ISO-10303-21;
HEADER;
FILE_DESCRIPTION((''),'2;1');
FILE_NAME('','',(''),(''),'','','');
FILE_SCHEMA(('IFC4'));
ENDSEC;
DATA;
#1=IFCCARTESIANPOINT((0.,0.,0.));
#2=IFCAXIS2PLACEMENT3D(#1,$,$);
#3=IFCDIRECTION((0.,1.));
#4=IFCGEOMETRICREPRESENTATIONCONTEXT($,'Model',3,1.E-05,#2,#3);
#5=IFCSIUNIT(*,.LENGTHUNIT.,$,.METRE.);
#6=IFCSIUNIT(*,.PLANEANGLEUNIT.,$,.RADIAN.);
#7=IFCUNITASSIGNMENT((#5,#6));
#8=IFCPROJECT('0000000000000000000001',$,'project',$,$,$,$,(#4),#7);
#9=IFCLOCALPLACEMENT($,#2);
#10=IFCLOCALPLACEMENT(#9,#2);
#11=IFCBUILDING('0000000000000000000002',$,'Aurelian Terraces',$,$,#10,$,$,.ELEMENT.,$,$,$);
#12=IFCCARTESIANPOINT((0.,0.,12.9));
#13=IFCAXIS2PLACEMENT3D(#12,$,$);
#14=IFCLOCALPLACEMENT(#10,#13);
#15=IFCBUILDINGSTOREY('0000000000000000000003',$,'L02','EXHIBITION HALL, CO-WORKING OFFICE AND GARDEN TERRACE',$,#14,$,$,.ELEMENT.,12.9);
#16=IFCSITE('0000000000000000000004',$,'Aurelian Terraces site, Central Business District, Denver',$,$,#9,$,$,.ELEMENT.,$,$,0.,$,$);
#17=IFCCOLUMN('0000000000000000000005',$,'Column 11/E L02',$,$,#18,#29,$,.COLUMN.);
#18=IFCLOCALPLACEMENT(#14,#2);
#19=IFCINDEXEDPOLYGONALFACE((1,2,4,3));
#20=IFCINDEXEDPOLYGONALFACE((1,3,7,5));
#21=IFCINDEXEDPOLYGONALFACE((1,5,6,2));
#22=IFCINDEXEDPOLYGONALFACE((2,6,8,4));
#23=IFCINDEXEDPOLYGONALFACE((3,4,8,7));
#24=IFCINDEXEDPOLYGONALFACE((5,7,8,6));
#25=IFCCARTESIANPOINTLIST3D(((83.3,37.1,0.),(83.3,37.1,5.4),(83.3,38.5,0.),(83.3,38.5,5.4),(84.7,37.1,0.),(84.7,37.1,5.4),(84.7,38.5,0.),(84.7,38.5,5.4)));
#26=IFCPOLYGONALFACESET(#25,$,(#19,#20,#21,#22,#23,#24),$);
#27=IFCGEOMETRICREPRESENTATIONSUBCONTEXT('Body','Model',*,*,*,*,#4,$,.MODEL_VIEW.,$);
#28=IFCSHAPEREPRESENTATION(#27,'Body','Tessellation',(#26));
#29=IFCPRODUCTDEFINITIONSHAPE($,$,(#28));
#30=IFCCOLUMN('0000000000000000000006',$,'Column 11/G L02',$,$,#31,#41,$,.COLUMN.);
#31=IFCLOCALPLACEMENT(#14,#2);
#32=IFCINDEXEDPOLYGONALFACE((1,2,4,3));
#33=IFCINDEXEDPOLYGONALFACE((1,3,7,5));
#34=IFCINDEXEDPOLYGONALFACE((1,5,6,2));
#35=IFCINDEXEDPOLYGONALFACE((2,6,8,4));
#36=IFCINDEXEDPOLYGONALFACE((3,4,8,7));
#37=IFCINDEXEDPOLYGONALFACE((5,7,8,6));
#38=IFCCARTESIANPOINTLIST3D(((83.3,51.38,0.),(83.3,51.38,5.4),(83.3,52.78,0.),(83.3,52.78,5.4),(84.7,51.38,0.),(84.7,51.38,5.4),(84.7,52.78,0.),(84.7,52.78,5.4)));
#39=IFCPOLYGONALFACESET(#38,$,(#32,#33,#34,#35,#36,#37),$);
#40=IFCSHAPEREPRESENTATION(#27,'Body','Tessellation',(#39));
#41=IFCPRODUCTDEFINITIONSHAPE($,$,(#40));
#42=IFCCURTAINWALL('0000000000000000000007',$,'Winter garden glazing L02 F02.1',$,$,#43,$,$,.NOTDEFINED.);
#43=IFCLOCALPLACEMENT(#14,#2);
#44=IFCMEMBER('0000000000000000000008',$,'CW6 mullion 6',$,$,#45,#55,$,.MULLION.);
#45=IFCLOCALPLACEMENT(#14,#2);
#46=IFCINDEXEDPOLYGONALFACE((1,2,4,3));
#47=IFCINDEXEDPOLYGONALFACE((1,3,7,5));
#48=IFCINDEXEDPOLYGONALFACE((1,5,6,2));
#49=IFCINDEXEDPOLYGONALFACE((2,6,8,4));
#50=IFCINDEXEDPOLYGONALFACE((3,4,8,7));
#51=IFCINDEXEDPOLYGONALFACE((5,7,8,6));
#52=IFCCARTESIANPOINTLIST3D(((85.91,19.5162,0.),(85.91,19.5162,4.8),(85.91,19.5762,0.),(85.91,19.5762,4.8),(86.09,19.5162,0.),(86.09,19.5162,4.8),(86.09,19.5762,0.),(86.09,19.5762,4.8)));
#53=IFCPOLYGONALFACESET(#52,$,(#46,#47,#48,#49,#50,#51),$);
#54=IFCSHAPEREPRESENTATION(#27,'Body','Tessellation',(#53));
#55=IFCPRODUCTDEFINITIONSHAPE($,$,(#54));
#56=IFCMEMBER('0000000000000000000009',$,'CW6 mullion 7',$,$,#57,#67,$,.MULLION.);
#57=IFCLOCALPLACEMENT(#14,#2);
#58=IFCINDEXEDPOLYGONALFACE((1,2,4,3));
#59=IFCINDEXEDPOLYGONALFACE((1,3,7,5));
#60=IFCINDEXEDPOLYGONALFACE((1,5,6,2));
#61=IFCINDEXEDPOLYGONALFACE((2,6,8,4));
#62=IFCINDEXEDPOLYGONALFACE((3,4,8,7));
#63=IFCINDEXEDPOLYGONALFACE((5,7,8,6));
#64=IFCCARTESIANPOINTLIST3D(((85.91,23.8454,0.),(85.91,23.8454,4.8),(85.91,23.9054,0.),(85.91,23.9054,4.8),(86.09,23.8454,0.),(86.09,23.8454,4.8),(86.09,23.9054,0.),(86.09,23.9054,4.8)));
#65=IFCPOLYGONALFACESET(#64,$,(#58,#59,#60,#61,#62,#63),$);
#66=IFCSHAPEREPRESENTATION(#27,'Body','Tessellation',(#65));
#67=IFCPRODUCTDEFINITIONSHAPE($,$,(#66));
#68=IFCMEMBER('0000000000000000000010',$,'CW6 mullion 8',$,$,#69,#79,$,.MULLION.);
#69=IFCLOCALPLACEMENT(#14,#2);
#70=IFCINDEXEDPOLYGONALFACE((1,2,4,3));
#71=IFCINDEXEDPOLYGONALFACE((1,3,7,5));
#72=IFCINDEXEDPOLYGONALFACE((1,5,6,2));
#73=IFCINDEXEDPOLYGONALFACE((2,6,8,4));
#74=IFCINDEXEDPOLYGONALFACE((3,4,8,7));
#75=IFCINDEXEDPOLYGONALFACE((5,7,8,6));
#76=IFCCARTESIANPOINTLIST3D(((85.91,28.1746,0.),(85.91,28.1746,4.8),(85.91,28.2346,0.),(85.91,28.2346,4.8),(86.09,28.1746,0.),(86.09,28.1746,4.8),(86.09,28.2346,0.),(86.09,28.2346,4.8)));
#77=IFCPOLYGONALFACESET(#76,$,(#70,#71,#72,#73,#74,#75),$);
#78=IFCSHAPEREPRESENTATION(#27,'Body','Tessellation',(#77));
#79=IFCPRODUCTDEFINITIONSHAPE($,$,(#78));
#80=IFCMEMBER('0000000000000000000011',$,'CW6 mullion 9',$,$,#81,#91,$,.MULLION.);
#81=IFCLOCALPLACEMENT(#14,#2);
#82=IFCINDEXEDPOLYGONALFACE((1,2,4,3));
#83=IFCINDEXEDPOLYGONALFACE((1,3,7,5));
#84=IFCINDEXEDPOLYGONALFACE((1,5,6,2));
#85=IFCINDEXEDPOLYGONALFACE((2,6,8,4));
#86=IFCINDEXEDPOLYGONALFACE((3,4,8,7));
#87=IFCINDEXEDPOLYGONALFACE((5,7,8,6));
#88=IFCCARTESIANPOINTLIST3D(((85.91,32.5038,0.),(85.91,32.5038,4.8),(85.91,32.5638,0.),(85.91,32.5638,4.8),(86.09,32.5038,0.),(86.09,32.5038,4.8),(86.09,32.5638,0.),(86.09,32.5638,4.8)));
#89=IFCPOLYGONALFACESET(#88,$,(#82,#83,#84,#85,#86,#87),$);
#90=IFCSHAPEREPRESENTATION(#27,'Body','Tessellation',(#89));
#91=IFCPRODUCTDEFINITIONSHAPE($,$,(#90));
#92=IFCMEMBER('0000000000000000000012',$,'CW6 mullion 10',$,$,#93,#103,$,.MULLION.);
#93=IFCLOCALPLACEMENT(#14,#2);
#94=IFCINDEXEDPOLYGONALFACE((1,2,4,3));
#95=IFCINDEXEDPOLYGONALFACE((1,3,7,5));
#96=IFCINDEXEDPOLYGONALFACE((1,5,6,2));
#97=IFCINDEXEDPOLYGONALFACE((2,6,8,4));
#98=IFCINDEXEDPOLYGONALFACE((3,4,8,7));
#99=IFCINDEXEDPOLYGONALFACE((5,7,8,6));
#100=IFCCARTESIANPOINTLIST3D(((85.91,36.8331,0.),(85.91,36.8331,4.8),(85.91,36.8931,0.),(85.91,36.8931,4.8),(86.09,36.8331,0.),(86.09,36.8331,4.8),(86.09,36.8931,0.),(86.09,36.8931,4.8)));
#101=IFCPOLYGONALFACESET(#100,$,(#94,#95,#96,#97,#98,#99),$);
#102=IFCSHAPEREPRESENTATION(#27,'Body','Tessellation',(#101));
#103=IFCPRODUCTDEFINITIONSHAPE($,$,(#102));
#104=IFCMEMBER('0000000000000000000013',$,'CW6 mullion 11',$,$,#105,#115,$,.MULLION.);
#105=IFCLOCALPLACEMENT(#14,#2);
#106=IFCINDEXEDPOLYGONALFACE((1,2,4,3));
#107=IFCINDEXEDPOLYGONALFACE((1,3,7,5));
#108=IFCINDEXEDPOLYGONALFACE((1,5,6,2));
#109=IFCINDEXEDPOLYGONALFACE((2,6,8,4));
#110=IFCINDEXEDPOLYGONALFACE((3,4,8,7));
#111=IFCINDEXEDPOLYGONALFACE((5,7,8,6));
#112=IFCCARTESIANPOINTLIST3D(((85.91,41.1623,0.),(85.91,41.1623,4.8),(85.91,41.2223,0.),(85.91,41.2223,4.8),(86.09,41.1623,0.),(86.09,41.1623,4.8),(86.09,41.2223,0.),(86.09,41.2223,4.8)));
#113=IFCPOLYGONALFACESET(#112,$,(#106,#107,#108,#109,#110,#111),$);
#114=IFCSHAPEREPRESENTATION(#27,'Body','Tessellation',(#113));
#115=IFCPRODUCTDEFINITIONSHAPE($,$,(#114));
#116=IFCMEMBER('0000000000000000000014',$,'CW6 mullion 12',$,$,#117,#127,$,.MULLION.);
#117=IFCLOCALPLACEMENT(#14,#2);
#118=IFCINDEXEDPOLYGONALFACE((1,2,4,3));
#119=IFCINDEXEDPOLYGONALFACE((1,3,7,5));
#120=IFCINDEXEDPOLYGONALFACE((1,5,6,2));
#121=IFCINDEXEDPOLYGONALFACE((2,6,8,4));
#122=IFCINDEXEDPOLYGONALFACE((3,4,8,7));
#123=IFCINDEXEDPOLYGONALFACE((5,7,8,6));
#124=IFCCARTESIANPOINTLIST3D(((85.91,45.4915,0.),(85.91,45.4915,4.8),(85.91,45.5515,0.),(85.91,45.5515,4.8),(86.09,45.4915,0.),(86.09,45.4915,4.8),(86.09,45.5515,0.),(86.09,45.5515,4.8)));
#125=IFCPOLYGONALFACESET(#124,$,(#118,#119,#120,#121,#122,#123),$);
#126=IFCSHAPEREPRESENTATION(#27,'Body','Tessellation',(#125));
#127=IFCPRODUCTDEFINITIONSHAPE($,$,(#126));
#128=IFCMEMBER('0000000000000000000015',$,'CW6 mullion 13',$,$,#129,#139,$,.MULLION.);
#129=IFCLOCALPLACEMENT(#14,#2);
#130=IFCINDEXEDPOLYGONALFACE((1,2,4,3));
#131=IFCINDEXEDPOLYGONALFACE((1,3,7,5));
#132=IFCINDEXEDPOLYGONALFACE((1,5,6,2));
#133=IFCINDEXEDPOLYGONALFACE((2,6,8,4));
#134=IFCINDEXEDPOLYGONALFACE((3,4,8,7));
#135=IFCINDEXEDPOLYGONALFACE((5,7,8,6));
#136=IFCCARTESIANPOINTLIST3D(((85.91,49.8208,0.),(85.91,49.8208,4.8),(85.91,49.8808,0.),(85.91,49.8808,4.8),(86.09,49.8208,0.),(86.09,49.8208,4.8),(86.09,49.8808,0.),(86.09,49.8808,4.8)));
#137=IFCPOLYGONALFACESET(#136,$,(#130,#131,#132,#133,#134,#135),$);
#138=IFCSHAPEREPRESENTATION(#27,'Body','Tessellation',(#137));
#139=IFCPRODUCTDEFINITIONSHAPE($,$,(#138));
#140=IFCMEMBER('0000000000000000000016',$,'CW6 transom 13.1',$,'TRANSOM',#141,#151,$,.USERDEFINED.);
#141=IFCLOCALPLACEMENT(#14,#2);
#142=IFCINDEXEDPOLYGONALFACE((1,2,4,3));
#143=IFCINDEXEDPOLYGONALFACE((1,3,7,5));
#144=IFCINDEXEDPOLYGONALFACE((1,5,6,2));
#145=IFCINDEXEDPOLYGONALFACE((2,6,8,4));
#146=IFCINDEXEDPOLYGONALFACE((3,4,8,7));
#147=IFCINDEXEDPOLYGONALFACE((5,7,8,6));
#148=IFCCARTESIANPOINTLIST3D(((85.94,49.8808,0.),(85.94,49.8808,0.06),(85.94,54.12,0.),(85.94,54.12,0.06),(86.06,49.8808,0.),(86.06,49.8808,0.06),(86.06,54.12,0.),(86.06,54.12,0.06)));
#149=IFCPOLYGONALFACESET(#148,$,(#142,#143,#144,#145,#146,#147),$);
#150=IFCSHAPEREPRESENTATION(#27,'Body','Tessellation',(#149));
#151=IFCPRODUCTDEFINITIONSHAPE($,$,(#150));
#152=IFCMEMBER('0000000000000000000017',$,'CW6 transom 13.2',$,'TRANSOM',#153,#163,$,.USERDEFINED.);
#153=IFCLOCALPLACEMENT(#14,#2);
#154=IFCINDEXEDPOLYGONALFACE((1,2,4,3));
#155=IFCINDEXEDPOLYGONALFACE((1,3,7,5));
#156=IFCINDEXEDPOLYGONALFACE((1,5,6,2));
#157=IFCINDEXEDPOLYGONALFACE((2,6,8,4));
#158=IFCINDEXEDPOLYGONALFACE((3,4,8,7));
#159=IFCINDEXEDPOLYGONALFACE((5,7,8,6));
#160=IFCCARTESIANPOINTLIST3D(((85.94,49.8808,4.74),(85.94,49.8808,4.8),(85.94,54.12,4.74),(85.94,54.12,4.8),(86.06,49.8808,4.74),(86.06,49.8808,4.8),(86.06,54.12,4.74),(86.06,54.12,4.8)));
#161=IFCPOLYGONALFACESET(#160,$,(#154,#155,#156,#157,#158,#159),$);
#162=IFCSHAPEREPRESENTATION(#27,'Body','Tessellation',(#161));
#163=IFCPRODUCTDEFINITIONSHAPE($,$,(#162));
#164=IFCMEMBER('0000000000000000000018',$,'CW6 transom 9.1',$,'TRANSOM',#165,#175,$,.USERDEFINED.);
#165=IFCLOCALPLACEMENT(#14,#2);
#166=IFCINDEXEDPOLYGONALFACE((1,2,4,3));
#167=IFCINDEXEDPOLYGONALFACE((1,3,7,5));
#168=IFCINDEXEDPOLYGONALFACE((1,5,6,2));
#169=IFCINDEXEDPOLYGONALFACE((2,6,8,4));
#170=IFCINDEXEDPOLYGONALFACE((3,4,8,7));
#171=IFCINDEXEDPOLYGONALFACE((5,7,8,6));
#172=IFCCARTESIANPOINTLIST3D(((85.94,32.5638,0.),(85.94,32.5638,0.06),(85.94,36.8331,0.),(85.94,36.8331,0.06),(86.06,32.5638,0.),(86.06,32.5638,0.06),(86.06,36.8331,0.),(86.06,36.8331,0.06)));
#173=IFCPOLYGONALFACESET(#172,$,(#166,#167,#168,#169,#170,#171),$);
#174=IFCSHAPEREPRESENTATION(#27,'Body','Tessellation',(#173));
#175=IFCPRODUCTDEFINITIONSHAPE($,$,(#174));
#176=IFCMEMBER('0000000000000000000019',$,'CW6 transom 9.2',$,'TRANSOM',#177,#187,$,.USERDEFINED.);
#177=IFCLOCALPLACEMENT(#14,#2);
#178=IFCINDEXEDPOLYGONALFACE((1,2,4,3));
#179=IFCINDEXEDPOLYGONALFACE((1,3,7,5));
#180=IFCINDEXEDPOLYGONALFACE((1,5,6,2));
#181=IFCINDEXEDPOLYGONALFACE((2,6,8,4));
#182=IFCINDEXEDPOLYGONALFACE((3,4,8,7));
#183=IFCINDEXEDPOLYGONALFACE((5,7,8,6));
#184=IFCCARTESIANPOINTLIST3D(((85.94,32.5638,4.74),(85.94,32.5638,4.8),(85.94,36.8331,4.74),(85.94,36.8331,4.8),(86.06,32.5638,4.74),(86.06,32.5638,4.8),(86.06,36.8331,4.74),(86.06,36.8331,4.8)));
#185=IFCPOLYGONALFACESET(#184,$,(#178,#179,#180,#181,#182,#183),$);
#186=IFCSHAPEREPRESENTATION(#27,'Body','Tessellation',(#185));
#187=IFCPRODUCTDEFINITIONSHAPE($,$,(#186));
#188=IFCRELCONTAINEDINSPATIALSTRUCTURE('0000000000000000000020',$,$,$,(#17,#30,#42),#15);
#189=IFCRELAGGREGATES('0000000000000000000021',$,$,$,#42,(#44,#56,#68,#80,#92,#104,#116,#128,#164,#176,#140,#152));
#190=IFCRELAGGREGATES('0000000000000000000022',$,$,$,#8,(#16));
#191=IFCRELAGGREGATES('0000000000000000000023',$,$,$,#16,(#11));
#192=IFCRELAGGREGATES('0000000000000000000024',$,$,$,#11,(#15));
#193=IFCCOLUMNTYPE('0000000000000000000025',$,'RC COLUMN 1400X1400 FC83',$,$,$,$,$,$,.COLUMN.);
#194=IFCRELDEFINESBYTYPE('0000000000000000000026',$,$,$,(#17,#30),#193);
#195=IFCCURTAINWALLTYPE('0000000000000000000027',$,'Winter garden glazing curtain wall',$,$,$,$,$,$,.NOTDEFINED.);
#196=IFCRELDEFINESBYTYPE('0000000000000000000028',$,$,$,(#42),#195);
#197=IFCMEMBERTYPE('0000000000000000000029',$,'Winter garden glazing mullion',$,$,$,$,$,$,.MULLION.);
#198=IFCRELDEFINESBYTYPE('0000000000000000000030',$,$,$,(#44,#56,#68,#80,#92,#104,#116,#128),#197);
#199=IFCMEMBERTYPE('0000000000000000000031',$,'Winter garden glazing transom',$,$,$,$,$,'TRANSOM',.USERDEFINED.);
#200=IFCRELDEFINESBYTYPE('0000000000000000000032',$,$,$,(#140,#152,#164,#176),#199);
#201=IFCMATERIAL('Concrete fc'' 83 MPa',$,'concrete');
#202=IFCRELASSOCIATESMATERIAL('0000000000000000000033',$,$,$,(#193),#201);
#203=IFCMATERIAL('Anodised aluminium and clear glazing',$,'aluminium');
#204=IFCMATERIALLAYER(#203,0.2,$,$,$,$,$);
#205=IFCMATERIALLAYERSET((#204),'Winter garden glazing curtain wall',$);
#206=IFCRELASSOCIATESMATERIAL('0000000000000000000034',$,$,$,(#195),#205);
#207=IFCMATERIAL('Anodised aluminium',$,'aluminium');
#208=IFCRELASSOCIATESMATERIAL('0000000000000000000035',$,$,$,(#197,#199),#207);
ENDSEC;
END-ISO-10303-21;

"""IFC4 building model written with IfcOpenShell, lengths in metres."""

from ifc_helpers import new_model, si_unit, direction, frame, origin, origin_2d, place, context, subcontext, project, spatial, rectangle, extrude, source, transform, mapped, material, layer, layer_set, material_profile, profile_set, type_object, element, aggregate, save


model = new_model("IFC4")

# Units and contexts
model_context = context("Model", 3, precision=1e-05, world=origin(), true_north=direction((0.0, 1.0)))
body_context = subcontext(model_context, "Body", "Model", "MODEL_VIEW")
ifc_project = project(units=[si_unit("LENGTHUNIT", "METRE"), si_unit("PLANEANGLEUNIT", "RADIAN")], contexts=[model_context])

# Site, building, storey
site_placement = place(None, origin())
site = spatial("IfcSite", under=ifc_project, at=site_placement, Name="Aurelian Terraces site, Central Business District, Denver", CompositionType="ELEMENT", RefElevation=0.0)
building_placement = place(site_placement, origin())
building = spatial("IfcBuilding", under=site, at=building_placement, Name="Aurelian Terraces", CompositionType="ELEMENT")
storey_placement = place(building_placement, frame((0.0, 0.0, 12.9)))
storey = spatial("IfcBuildingStorey", under=building, at=storey_placement, Name="L02", Description="EXHIBITION HALL, CO-WORKING OFFICE AND GARDEN TERRACE", CompositionType="ELEMENT", Elevation=12.9)

# Columns
ifc_material_1 = material(Name="Concrete fc' 83 MPa", Category="concrete")
ifc_material_profile_1 = material_profile(ifc_material_1, rectangle(XDim=1.4, YDim=1.4, at=origin_2d()))
ifc_profile_set_1 = profile_set([ifc_material_profile_1], Name="Concrete fc' 83 MPa")
column_type = type_object("IfcColumnType", Name="RC COLUMN 1400X1400 FC83", PredefinedType="COLUMN", material=ifc_profile_set_1)
shared_shape_1 = source(origin(), body_context, "Body", "SweptSolid", [
    extrude(rectangle(XDim=1.4, YDim=1.4, at=origin_2d()), origin(), (0.0, 0.0, 1.0), 5.4),
])
for number, where, z_axis, x_axis, name in (
    (1, (84.0, 37.8, 0.0), (0.0, 0.0, 1.0), (1.0, 0.0, 0.0), "Column 11/E L02"),
    (2, (84.0, 52.08, 0.0), (0.0, 0.0, 1.0), (1.0, 0.0, 0.0), "Column 11/G L02"),
):
    element("IfcColumn", number, at=place(storey_placement, frame(where, z_axis=z_axis, x_axis=x_axis)), inside=storey, type_object=column_type, Name=name, PredefinedType="COLUMN", context=body_context, shape_type="MappedRepresentation", body=[
        mapped(shared_shape_1, transform((0.0, 0.0, 0.0), scale=1.0)),
    ])

# Curtain wall, members
ifc_material_2 = material(Name="Anodised aluminium and clear glazing", Category="aluminium")
ifc_layer_1 = layer(ifc_material_2, 0.2)
ifc_layer_set_1 = layer_set([ifc_layer_1], Name="Winter garden glazing curtain wall")
curtain_wall_type = type_object("IfcCurtainWallType", Name="Winter garden glazing curtain wall", PredefinedType="NOTDEFINED", material=ifc_layer_set_1)
curtain_wall_placement = place(storey_placement, origin())
curtain_wall = element("IfcCurtainWall", 3, at=curtain_wall_placement, inside=storey, type_object=curtain_wall_type, Name="Winter garden glazing L02 F02.1", PredefinedType="NOTDEFINED")
ifc_material_3 = material(Name="Anodised aluminium", Category="aluminium")
ifc_material_profile_2 = material_profile(ifc_material_3, rectangle(XDim=0.18, YDim=0.06, at=origin_2d()))
ifc_profile_set_2 = profile_set([ifc_material_profile_2], Name="Anodised aluminium")
member_type_1 = type_object("IfcMemberType", Name="Winter garden glazing mullion", PredefinedType="MULLION", material=ifc_profile_set_2)
shared_shape_2 = source(origin(), body_context, "Body", "SweptSolid", [
    extrude(rectangle(XDim=0.18, YDim=0.06, at=origin_2d()), origin(), (0.0, 0.0, 1.0), 4.8),
])
member_1_placement = place(storey_placement, frame((86.0, 19.5462, 0.0), z_axis=(0.0, 0.0, 1.0), x_axis=(-1.0, 0.0, 0.0)))
member_1 = element("IfcMember", 4, at=member_1_placement, type_object=member_type_1, Name="CW6 mullion 6", PredefinedType="MULLION", context=body_context, shape_type="MappedRepresentation", body=[
    mapped(shared_shape_2, transform((0.0, 0.0, 0.0), scale=1.0)),
])
member_2_placement = place(storey_placement, frame((86.0, 23.8754, 0.0), z_axis=(0.0, 0.0, 1.0), x_axis=(-1.0, 0.0, 0.0)))
member_2 = element("IfcMember", 5, at=member_2_placement, type_object=member_type_1, Name="CW6 mullion 7", PredefinedType="MULLION", context=body_context, shape_type="MappedRepresentation", body=[
    mapped(shared_shape_2, transform((0.0, 0.0, 0.0), scale=1.0)),
])
member_3_placement = place(storey_placement, frame((86.0, 28.2046, 0.0), z_axis=(0.0, 0.0, 1.0), x_axis=(-1.0, 0.0, 0.0)))
member_3 = element("IfcMember", 6, at=member_3_placement, type_object=member_type_1, Name="CW6 mullion 8", PredefinedType="MULLION", context=body_context, shape_type="MappedRepresentation", body=[
    mapped(shared_shape_2, transform((0.0, 0.0, 0.0), scale=1.0)),
])
member_4_placement = place(storey_placement, frame((86.0, 32.5338, 0.0), z_axis=(0.0, 0.0, 1.0), x_axis=(-1.0, 0.0, 0.0)))
member_4 = element("IfcMember", 7, at=member_4_placement, type_object=member_type_1, Name="CW6 mullion 9", PredefinedType="MULLION", context=body_context, shape_type="MappedRepresentation", body=[
    mapped(shared_shape_2, transform((0.0, 0.0, 0.0), scale=1.0)),
])
member_5_placement = place(storey_placement, frame((86.0, 36.8631, 0.0), z_axis=(0.0, 0.0, 1.0), x_axis=(-1.0, 0.0, 0.0)))
member_5 = element("IfcMember", 8, at=member_5_placement, type_object=member_type_1, Name="CW6 mullion 10", PredefinedType="MULLION", context=body_context, shape_type="MappedRepresentation", body=[
    mapped(shared_shape_2, transform((0.0, 0.0, 0.0), scale=1.0)),
])
member_6_placement = place(storey_placement, frame((86.0, 41.1923, 0.0), z_axis=(0.0, 0.0, 1.0), x_axis=(-1.0, 0.0, 0.0)))
member_6 = element("IfcMember", 9, at=member_6_placement, type_object=member_type_1, Name="CW6 mullion 11", PredefinedType="MULLION", context=body_context, shape_type="MappedRepresentation", body=[
    mapped(shared_shape_2, transform((0.0, 0.0, 0.0), scale=1.0)),
])
member_7_placement = place(storey_placement, frame((86.0, 45.5215, 0.0), z_axis=(0.0, 0.0, 1.0), x_axis=(-1.0, 0.0, 0.0)))
member_7 = element("IfcMember", 10, at=member_7_placement, type_object=member_type_1, Name="CW6 mullion 12", PredefinedType="MULLION", context=body_context, shape_type="MappedRepresentation", body=[
    mapped(shared_shape_2, transform((0.0, 0.0, 0.0), scale=1.0)),
])
member_8_placement = place(storey_placement, frame((86.0, 49.8508, 0.0), z_axis=(0.0, 0.0, 1.0), x_axis=(-1.0, 0.0, 0.0)))
member_8 = element("IfcMember", 11, at=member_8_placement, type_object=member_type_1, Name="CW6 mullion 13", PredefinedType="MULLION", context=body_context, shape_type="MappedRepresentation", body=[
    mapped(shared_shape_2, transform((0.0, 0.0, 0.0), scale=1.0)),
])
ifc_material_profile_3 = material_profile(ifc_material_3, rectangle(XDim=0.12, YDim=0.06, at=origin_2d()))
ifc_profile_set_3 = profile_set([ifc_material_profile_3], Name="Anodised aluminium")
member_type_2 = type_object("IfcMemberType", Name="Winter garden glazing transom", ElementType="TRANSOM", PredefinedType="USERDEFINED", material=ifc_profile_set_3)
shared_shape_3 = source(origin(), body_context, "Body", "SweptSolid", [
    extrude(rectangle(XDim=0.12, YDim=0.06, at=origin_2d()), origin(), (0.0, 0.0, 1.0), 4.2392),
])
member_9_placement = place(storey_placement, frame((86.0, 49.8808, 0.03), z_axis=(0.0, 1.0, 0.0), x_axis=(-1.0, 0.0, 0.0)))
member_9 = element("IfcMember", 12, at=member_9_placement, type_object=member_type_2, Name="CW6 transom 13.1", ObjectType="TRANSOM", PredefinedType="USERDEFINED", context=body_context, shape_type="MappedRepresentation", body=[
    mapped(shared_shape_3, transform((0.0, 0.0, 0.0), scale=1.0)),
])
member_10_placement = place(storey_placement, frame((86.0, 49.8808, 4.77), z_axis=(0.0, 1.0, 0.0), x_axis=(-1.0, 0.0, 0.0)))
member_10 = element("IfcMember", 13, at=member_10_placement, type_object=member_type_2, Name="CW6 transom 13.2", ObjectType="TRANSOM", PredefinedType="USERDEFINED", context=body_context, shape_type="MappedRepresentation", body=[
    mapped(shared_shape_3, transform((0.0, 0.0, 0.0), scale=1.0)),
])
shared_shape_4 = source(origin(), body_context, "Body", "SweptSolid", [
    extrude(rectangle(XDim=0.12, YDim=0.06, at=origin_2d()), origin(), (0.0, 0.0, 1.0), 4.2693),
])
member_11_placement = place(storey_placement, frame((86.0, 32.5638, 0.03), z_axis=(0.0, 1.0, 0.0), x_axis=(-1.0, 0.0, 0.0)))
member_11 = element("IfcMember", 14, at=member_11_placement, type_object=member_type_2, Name="CW6 transom 9.1", ObjectType="TRANSOM", PredefinedType="USERDEFINED", context=body_context, shape_type="MappedRepresentation", body=[
    mapped(shared_shape_4, transform((0.0, 0.0, 0.0), scale=1.0)),
])
member_12_placement = place(storey_placement, frame((86.0, 32.5638, 4.77), z_axis=(0.0, 1.0, 0.0), x_axis=(-1.0, 0.0, 0.0)))
member_12 = element("IfcMember", 15, at=member_12_placement, type_object=member_type_2, Name="CW6 transom 9.2", ObjectType="TRANSOM", PredefinedType="USERDEFINED", context=body_context, shape_type="MappedRepresentation", body=[
    mapped(shared_shape_4, transform((0.0, 0.0, 0.0), scale=1.0)),
])
aggregate(curtain_wall, [member_1, member_2, member_3, member_4, member_5, member_6, member_7, member_8, member_11, member_12, member_9, member_10])

save(model, "model.ifc")
